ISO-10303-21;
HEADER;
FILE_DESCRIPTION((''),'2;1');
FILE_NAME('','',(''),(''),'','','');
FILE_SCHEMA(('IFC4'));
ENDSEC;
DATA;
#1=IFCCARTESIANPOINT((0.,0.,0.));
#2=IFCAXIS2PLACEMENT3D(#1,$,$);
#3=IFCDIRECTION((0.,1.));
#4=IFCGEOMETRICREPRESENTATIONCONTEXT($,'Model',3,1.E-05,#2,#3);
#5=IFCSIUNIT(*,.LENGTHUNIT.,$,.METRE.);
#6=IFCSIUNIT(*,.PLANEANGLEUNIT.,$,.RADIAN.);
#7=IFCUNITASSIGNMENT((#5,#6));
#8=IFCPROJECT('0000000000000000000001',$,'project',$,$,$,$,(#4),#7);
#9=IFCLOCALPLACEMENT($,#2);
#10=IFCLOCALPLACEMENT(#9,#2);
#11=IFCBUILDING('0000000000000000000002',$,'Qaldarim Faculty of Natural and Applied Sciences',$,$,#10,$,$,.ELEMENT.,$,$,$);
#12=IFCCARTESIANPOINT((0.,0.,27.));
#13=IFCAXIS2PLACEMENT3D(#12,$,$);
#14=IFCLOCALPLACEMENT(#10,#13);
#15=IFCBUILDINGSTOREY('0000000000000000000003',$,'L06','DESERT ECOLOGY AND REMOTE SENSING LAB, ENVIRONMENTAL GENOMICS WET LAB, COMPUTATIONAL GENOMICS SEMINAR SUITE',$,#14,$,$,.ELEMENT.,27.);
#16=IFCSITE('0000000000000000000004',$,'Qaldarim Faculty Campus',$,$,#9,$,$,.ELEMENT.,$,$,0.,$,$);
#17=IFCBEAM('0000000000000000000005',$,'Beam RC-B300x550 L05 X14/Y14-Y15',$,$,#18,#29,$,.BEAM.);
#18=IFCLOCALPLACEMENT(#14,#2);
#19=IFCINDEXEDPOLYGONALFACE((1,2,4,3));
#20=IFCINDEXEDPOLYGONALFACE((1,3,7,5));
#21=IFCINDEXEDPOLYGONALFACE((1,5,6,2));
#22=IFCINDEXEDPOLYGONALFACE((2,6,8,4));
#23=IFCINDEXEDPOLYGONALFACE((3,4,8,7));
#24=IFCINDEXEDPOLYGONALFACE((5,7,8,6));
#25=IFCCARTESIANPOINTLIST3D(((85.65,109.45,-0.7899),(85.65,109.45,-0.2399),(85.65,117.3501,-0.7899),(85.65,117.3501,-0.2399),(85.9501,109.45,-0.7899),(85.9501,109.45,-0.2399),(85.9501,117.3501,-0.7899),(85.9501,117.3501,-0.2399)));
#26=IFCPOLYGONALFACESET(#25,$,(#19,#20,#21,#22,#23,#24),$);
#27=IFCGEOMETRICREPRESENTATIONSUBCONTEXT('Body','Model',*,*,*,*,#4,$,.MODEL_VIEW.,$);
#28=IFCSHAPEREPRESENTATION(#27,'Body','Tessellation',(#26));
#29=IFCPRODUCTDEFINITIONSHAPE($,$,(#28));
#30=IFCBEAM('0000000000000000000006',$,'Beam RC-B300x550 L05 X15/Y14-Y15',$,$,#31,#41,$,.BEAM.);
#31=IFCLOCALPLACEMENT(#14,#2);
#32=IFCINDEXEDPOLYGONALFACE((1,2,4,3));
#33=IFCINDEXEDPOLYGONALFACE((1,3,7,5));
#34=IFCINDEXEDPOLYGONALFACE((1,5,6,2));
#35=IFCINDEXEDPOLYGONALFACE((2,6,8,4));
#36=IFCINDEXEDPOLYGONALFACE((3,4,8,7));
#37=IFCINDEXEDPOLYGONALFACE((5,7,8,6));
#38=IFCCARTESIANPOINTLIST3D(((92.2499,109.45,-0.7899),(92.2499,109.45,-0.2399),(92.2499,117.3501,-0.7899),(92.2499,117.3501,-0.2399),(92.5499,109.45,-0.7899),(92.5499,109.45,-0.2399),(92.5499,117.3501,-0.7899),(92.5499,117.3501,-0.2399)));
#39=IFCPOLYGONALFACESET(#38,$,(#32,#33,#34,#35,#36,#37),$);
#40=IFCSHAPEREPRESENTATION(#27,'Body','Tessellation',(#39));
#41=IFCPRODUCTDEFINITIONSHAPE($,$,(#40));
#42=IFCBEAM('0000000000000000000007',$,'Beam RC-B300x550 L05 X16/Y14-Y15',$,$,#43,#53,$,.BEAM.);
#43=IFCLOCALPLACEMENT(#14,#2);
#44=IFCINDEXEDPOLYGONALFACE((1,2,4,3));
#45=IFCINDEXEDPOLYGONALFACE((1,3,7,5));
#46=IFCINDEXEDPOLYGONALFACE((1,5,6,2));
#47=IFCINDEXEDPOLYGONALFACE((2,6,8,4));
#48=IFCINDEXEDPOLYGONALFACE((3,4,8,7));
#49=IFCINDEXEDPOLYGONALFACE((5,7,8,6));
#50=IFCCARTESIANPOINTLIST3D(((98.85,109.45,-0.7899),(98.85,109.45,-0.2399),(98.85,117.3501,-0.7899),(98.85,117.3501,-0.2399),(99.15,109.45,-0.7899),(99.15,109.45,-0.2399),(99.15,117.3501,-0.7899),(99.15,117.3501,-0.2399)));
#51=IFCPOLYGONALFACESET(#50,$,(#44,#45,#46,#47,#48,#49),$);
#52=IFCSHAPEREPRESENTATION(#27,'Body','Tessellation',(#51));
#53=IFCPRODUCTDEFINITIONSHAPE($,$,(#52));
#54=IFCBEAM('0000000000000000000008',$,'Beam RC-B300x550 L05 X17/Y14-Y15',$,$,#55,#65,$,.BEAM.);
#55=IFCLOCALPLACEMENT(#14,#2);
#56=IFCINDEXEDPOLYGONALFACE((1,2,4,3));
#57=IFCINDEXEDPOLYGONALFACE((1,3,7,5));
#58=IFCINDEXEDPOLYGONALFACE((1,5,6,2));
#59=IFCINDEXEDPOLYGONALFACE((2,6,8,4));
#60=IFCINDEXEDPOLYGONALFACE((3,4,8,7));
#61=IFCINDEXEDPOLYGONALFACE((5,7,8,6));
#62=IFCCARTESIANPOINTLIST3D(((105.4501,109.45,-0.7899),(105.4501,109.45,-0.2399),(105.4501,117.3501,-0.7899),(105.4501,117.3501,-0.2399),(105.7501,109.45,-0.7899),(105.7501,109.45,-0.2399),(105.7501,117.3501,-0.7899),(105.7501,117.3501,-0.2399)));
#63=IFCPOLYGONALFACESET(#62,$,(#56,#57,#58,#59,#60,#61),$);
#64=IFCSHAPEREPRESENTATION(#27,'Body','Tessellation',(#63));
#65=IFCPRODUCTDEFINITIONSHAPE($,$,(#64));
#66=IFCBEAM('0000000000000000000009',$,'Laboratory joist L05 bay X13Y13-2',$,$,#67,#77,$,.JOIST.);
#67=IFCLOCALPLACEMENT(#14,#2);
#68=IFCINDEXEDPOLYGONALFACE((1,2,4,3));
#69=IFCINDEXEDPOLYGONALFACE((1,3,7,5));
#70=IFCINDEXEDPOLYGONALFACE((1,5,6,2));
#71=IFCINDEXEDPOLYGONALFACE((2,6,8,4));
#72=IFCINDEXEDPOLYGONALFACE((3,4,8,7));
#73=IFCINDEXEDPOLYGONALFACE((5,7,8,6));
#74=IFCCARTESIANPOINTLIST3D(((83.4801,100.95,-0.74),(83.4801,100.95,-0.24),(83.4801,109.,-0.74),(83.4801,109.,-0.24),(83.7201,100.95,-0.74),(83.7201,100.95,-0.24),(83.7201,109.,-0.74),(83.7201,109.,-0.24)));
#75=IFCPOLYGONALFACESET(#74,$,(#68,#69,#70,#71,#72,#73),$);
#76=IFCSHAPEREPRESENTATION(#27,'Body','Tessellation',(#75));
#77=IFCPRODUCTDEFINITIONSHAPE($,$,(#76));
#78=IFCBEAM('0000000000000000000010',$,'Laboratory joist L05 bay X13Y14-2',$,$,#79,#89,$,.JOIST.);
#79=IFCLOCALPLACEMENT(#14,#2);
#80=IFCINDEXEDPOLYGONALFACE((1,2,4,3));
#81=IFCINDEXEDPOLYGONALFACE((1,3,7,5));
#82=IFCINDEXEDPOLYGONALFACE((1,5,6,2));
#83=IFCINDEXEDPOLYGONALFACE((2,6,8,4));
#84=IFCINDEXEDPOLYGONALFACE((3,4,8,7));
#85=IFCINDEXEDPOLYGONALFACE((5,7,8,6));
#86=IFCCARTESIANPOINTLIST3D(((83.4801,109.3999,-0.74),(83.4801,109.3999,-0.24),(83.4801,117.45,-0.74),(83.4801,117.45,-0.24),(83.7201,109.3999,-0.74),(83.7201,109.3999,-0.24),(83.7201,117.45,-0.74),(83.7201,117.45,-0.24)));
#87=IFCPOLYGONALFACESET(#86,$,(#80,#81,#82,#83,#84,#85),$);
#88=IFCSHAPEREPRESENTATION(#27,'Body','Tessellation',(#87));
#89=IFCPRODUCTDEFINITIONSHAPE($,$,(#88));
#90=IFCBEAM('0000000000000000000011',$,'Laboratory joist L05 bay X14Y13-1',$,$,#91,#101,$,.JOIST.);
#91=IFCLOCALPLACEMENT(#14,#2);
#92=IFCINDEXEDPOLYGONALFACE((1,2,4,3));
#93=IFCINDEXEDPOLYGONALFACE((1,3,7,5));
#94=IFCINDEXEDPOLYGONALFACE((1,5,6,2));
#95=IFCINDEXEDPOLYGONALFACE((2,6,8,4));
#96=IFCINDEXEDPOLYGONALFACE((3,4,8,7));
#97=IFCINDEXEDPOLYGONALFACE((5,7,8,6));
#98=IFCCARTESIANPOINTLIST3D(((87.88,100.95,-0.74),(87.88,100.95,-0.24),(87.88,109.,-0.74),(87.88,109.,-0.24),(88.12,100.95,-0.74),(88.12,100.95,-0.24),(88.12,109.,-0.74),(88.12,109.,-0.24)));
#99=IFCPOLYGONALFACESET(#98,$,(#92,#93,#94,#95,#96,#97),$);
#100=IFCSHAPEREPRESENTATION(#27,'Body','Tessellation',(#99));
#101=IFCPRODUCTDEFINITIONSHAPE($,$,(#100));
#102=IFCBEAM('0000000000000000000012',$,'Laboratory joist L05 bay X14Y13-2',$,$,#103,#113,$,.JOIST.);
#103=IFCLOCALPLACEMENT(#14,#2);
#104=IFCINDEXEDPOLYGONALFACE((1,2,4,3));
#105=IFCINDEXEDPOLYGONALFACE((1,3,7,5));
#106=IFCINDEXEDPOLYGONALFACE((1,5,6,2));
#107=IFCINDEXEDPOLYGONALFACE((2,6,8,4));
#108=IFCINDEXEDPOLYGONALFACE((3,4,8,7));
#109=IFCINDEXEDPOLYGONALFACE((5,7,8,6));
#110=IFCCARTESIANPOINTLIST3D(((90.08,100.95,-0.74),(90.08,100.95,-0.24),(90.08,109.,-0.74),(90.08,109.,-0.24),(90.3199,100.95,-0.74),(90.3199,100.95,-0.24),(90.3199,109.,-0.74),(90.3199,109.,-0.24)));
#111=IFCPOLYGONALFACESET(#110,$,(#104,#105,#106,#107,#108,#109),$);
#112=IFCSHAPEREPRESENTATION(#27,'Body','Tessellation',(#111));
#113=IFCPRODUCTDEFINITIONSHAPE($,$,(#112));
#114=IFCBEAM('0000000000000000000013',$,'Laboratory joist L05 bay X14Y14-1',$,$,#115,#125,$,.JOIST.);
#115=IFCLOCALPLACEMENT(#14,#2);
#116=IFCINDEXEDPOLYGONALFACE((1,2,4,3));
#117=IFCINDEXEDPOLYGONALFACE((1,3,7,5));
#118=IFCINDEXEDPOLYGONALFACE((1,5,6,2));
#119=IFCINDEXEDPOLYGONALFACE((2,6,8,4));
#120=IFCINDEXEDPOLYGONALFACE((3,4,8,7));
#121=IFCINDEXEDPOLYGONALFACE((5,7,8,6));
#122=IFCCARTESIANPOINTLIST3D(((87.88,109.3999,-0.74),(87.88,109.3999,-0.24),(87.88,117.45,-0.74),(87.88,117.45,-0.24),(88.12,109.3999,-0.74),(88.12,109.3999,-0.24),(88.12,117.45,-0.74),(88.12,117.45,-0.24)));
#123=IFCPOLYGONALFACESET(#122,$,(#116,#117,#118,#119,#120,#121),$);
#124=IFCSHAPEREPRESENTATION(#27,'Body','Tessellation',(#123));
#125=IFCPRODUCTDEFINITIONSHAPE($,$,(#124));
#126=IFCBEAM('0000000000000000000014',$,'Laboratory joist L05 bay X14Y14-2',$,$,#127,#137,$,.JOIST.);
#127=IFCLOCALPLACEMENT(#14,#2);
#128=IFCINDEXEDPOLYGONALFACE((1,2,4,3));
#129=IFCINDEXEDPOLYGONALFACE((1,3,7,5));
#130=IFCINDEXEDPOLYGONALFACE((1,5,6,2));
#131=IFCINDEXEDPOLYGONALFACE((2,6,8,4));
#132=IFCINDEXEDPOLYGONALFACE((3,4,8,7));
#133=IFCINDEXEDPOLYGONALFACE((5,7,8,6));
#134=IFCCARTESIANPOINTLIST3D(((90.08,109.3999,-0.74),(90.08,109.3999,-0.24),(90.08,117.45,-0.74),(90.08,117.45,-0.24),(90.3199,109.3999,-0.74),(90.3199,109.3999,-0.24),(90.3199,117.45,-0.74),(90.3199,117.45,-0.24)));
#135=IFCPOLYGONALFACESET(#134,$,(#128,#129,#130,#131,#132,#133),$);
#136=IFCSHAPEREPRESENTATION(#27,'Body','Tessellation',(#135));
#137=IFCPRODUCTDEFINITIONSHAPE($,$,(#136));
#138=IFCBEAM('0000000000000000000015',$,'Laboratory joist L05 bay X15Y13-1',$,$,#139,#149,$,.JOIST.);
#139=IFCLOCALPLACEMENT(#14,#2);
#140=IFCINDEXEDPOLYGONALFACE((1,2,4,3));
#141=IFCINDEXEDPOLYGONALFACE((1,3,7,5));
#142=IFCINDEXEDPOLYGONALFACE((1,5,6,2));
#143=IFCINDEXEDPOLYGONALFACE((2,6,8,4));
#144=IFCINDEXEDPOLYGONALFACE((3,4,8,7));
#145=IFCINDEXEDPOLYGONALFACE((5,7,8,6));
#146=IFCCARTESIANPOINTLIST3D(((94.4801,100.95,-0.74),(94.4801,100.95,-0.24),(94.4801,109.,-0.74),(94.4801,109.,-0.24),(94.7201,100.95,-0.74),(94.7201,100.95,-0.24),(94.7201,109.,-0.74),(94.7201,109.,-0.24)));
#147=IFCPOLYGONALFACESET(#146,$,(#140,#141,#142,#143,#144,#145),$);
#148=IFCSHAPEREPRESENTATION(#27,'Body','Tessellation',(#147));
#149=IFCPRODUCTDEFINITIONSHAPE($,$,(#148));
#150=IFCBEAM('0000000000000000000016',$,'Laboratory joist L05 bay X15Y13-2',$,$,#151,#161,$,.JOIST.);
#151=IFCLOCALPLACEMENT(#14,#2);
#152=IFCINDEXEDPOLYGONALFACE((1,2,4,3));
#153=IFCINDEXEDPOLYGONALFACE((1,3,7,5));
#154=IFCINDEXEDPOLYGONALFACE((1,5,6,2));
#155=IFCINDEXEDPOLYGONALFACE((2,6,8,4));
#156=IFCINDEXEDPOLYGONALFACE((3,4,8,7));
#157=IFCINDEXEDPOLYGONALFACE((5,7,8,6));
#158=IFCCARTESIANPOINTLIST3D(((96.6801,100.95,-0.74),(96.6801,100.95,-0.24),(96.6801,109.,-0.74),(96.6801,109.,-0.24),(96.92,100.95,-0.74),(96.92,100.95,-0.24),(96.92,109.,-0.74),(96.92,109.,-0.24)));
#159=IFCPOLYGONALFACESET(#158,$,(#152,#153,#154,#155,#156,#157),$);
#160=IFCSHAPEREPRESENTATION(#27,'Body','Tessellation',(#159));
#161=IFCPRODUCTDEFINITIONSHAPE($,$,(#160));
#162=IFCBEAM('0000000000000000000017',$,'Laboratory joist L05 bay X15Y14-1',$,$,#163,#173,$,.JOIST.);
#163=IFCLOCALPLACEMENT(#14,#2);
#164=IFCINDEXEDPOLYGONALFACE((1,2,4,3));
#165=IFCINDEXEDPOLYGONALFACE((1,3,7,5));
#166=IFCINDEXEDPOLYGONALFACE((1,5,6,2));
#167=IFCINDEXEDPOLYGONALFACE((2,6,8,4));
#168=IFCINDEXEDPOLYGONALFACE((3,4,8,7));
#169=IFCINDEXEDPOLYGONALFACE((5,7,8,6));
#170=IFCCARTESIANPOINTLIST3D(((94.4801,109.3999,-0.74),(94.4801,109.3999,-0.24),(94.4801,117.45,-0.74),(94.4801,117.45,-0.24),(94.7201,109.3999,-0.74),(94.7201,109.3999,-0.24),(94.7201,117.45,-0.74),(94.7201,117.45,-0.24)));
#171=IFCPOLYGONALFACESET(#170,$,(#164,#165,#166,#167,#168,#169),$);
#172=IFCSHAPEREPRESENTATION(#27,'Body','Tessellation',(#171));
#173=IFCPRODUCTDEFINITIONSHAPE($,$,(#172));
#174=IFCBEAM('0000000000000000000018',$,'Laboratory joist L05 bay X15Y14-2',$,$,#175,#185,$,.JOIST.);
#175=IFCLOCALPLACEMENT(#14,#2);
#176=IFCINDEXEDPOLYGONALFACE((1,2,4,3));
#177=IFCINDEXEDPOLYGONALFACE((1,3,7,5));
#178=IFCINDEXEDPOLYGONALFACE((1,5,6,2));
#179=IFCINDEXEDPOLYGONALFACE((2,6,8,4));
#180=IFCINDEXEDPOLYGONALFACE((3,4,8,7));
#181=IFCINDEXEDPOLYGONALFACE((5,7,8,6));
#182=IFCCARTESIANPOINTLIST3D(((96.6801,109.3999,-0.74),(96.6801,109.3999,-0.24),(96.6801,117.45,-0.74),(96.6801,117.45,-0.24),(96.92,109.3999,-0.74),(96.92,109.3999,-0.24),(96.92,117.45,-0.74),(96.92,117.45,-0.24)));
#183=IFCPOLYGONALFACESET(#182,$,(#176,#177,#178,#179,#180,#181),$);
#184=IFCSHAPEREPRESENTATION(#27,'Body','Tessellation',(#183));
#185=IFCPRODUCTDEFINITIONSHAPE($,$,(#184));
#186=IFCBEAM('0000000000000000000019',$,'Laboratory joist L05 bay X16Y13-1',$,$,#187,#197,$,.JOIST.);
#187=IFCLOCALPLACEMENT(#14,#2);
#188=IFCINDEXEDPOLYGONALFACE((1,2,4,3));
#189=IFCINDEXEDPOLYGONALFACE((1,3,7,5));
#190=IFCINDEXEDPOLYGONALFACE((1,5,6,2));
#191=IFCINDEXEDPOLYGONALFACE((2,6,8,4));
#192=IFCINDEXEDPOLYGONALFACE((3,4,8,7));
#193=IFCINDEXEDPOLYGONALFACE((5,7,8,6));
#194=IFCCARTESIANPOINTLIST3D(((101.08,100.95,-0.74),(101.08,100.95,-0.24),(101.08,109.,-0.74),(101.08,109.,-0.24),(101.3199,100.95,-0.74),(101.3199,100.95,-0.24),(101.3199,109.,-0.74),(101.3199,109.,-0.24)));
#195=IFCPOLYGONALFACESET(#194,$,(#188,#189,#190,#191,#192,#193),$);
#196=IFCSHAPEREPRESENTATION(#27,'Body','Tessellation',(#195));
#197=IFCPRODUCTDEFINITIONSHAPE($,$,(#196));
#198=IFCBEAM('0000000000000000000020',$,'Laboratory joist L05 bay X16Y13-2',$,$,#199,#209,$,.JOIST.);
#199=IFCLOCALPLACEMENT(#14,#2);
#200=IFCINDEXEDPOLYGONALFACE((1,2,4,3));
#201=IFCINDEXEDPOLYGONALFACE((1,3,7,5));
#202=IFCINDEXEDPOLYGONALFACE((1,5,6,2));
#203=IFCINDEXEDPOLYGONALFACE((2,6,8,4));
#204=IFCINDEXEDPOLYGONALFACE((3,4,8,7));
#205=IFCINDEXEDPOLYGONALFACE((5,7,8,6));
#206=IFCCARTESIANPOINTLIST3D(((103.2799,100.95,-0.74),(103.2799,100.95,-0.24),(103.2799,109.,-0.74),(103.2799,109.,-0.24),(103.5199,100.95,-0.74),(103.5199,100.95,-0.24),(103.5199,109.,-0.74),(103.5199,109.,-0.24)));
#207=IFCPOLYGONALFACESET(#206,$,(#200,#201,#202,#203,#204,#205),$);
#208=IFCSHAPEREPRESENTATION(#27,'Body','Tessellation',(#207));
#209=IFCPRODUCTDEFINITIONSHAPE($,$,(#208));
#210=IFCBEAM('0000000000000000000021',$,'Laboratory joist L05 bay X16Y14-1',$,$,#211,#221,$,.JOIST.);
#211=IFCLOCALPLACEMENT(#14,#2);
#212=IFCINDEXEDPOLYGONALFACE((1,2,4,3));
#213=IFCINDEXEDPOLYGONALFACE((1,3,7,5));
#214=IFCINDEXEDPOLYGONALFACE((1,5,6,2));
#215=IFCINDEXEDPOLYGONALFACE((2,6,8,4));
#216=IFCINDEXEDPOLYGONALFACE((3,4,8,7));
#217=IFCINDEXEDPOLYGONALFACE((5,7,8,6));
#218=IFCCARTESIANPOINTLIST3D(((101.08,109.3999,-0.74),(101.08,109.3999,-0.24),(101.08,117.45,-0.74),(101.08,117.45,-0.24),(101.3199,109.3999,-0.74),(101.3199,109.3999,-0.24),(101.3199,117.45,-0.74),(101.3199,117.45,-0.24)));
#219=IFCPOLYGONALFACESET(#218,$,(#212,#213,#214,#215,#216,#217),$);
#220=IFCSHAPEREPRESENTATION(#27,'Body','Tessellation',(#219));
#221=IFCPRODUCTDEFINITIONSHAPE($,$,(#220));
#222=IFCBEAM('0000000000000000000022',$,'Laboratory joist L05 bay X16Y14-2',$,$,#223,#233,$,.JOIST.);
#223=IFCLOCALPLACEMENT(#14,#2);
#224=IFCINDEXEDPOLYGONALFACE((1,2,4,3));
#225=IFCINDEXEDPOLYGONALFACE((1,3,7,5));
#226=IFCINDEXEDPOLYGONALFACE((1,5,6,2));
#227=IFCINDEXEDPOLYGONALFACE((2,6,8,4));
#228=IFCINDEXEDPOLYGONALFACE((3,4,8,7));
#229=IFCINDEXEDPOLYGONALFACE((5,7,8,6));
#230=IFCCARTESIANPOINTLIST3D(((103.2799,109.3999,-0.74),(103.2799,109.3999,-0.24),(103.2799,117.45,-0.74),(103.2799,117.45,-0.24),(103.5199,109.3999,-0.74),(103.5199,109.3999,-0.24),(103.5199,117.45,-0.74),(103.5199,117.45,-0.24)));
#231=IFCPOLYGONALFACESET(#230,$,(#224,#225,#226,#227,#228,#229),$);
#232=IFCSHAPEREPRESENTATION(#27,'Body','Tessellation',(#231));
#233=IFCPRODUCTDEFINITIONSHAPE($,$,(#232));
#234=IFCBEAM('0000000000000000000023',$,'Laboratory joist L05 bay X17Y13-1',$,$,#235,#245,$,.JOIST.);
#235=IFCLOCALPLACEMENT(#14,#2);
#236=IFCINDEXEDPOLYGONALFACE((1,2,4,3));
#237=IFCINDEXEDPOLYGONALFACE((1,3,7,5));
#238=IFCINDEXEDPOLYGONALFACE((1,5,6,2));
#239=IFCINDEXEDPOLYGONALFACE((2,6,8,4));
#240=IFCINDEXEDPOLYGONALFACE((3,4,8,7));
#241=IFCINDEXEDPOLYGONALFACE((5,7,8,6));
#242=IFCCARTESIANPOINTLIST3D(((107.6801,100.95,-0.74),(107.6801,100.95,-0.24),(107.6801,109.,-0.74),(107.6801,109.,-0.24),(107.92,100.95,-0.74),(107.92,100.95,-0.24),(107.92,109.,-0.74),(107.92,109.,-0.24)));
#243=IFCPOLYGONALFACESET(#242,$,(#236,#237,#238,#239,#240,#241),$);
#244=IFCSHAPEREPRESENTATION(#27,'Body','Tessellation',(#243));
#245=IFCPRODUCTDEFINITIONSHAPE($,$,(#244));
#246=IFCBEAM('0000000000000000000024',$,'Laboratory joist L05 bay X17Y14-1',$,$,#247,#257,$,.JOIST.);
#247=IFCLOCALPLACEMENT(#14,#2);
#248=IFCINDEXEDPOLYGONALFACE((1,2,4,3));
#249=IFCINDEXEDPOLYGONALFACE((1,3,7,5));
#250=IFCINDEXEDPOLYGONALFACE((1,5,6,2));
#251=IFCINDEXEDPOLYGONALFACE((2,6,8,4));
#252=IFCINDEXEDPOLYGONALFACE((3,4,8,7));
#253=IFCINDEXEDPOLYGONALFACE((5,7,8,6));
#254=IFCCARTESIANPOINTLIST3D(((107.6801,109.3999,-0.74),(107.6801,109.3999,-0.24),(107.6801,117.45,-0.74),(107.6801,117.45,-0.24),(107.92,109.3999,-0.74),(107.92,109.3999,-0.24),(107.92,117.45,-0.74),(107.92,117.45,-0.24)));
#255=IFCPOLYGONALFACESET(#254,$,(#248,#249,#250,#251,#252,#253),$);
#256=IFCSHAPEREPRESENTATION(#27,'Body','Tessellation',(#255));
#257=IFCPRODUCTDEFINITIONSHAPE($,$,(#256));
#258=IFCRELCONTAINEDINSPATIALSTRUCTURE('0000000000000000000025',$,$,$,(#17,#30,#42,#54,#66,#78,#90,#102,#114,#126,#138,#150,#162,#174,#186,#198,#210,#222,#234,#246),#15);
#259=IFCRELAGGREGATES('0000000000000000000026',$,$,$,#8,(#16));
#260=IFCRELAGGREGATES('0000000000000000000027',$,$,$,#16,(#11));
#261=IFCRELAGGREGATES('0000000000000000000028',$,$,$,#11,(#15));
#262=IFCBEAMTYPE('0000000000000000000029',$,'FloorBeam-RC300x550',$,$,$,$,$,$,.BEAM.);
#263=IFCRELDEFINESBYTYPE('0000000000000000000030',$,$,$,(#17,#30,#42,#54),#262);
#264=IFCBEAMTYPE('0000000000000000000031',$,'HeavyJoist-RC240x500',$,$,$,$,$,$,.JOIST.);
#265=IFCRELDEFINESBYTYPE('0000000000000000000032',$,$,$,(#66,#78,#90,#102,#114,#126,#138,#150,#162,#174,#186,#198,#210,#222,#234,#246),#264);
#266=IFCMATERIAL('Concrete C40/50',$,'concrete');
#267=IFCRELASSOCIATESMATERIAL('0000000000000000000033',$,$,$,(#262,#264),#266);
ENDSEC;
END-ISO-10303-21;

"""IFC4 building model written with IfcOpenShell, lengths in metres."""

from ifc_helpers import new_model, si_unit, direction, frame, origin, origin_2d, place, context, subcontext, project, spatial, rectangle, extrude, material, material_profile, profile_set, type_object, element, save


model = new_model("IFC4")

# Units and contexts
model_context = context("Model", 3, precision=1e-05, world=origin(), true_north=direction((0.0, 1.0)))
body_context = subcontext(model_context, "Body", "Model", "MODEL_VIEW")
ifc_project = project(units=[si_unit("LENGTHUNIT", "METRE"), si_unit("PLANEANGLEUNIT", "RADIAN")], contexts=[model_context])

# Site, building, storey
site_placement = place(None, origin())
site = spatial("IfcSite", under=ifc_project, at=site_placement, Name="Qaldarim Faculty Campus", CompositionType="ELEMENT", RefElevation=0.0)
building_placement = place(site_placement, origin())
building = spatial("IfcBuilding", under=site, at=building_placement, Name="Qaldarim Faculty of Natural and Applied Sciences", CompositionType="ELEMENT")
storey_placement = place(building_placement, frame((0.0, 0.0, 27.0)))
storey = spatial("IfcBuildingStorey", under=building, at=storey_placement, Name="L06", Description="DESERT ECOLOGY AND REMOTE SENSING LAB, ENVIRONMENTAL GENOMICS WET LAB, COMPUTATIONAL GENOMICS SEMINAR SUITE", CompositionType="ELEMENT", Elevation=27.0)

# Beams
ifc_material_1 = material(Name="Concrete C40/50", Category="concrete")
ifc_material_profile_1 = material_profile(ifc_material_1, rectangle(XDim=0.3, YDim=0.55, at=origin_2d()), Name="RC-B300x550")
ifc_profile_set_1 = profile_set([ifc_material_profile_1], Name="Concrete C40/50")
beam_type_1 = type_object("IfcBeamType", Name="FloorBeam-RC300x550", PredefinedType="BEAM", material=ifc_profile_set_1)
for number, where, z_axis, x_axis, name in (
    (1, (85.8, 109.45, -0.5149), (0.0, 1.0, 0.0), (-1.0, 0.0, 0.0), "Beam RC-B300x550 L05 X14/Y14-Y15"),
    (2, (92.3999, 109.45, -0.5149), (0.0, 1.0, 0.0), (-1.0, 0.0, 0.0), "Beam RC-B300x550 L05 X15/Y14-Y15"),
    (3, (99.0, 109.45, -0.5149), (0.0, 1.0, 0.0), (-1.0, 0.0, 0.0), "Beam RC-B300x550 L05 X16/Y14-Y15"),
    (4, (105.6001, 109.45, -0.5149), (0.0, 1.0, 0.0), (-1.0, 0.0, 0.0), "Beam RC-B300x550 L05 X17/Y14-Y15"),
):
    element("IfcBeam", number, at=place(storey_placement, frame(where, z_axis=z_axis, x_axis=x_axis)), inside=storey, type_object=beam_type_1, Name=name, PredefinedType="BEAM", context=body_context, shape_type="SweptSolid", body=[
        extrude(rectangle(XDim=0.3, YDim=0.55, at=origin_2d()), origin(), (0.0, 0.0, 1.0), 7.9001),
    ])
ifc_material_profile_2 = material_profile(ifc_material_1, rectangle(XDim=0.24, YDim=0.5, at=origin_2d()), Name="RC-J240x500")
ifc_profile_set_2 = profile_set([ifc_material_profile_2], Name="Concrete C40/50")
beam_type_2 = type_object("IfcBeamType", Name="HeavyJoist-RC240x500", PredefinedType="JOIST", material=ifc_profile_set_2)
for number, where, z_axis, x_axis, name in (
    (5, (83.6001, 100.95, -0.49), (0.0, 1.0, 0.0), (-1.0, 0.0, 0.0), "Laboratory joist L05 bay X13Y13-2"),
    (6, (83.6001, 109.3999, -0.49), (0.0, 1.0, 0.0), (-1.0, 0.0, 0.0), "Laboratory joist L05 bay X13Y14-2"),
    (7, (88.0, 100.95, -0.49), (0.0, 1.0, 0.0), (-1.0, 0.0, 0.0), "Laboratory joist L05 bay X14Y13-1"),
    (8, (90.2, 100.95, -0.49), (0.0, 1.0, 0.0), (-1.0, 0.0, 0.0), "Laboratory joist L05 bay X14Y13-2"),
    (9, (88.0, 109.3999, -0.49), (0.0, 1.0, 0.0), (-1.0, 0.0, 0.0), "Laboratory joist L05 bay X14Y14-1"),
    (10, (90.2, 109.3999, -0.49), (0.0, 1.0, 0.0), (-1.0, 0.0, 0.0), "Laboratory joist L05 bay X14Y14-2"),
    (11, (94.6001, 100.95, -0.49), (0.0, 1.0, 0.0), (-1.0, 0.0, 0.0), "Laboratory joist L05 bay X15Y13-1"),
    (12, (96.8, 100.95, -0.49), (0.0, 1.0, 0.0), (-1.0, 0.0, 0.0), "Laboratory joist L05 bay X15Y13-2"),
    (13, (94.6001, 109.3999, -0.49), (0.0, 1.0, 0.0), (-1.0, 0.0, 0.0), "Laboratory joist L05 bay X15Y14-1"),
    (14, (96.8, 109.3999, -0.49), (0.0, 1.0, 0.0), (-1.0, 0.0, 0.0), "Laboratory joist L05 bay X15Y14-2"),
    (15, (101.2, 100.95, -0.49), (0.0, 1.0, 0.0), (-1.0, 0.0, 0.0), "Laboratory joist L05 bay X16Y13-1"),
    (16, (103.3999, 100.95, -0.49), (0.0, 1.0, 0.0), (-1.0, 0.0, 0.0), "Laboratory joist L05 bay X16Y13-2"),
    (17, (101.2, 109.3999, -0.49), (0.0, 1.0, 0.0), (-1.0, 0.0, 0.0), "Laboratory joist L05 bay X16Y14-1"),
    (18, (103.3999, 109.3999, -0.49), (0.0, 1.0, 0.0), (-1.0, 0.0, 0.0), "Laboratory joist L05 bay X16Y14-2"),
    (19, (107.8, 100.95, -0.49), (0.0, 1.0, 0.0), (-1.0, 0.0, 0.0), "Laboratory joist L05 bay X17Y13-1"),
    (20, (107.8, 109.3999, -0.49), (0.0, 1.0, 0.0), (-1.0, 0.0, 0.0), "Laboratory joist L05 bay X17Y14-1"),
):
    element("IfcBeam", number, at=place(storey_placement, frame(where, z_axis=z_axis, x_axis=x_axis)), inside=storey, type_object=beam_type_2, Name=name, PredefinedType="JOIST", context=body_context, shape_type="SweptSolid", body=[
        extrude(rectangle(XDim=0.24, YDim=0.5, at=origin_2d()), origin(), (0.0, 0.0, 1.0), 8.05),
    ])

save(model, "model.ifc")
